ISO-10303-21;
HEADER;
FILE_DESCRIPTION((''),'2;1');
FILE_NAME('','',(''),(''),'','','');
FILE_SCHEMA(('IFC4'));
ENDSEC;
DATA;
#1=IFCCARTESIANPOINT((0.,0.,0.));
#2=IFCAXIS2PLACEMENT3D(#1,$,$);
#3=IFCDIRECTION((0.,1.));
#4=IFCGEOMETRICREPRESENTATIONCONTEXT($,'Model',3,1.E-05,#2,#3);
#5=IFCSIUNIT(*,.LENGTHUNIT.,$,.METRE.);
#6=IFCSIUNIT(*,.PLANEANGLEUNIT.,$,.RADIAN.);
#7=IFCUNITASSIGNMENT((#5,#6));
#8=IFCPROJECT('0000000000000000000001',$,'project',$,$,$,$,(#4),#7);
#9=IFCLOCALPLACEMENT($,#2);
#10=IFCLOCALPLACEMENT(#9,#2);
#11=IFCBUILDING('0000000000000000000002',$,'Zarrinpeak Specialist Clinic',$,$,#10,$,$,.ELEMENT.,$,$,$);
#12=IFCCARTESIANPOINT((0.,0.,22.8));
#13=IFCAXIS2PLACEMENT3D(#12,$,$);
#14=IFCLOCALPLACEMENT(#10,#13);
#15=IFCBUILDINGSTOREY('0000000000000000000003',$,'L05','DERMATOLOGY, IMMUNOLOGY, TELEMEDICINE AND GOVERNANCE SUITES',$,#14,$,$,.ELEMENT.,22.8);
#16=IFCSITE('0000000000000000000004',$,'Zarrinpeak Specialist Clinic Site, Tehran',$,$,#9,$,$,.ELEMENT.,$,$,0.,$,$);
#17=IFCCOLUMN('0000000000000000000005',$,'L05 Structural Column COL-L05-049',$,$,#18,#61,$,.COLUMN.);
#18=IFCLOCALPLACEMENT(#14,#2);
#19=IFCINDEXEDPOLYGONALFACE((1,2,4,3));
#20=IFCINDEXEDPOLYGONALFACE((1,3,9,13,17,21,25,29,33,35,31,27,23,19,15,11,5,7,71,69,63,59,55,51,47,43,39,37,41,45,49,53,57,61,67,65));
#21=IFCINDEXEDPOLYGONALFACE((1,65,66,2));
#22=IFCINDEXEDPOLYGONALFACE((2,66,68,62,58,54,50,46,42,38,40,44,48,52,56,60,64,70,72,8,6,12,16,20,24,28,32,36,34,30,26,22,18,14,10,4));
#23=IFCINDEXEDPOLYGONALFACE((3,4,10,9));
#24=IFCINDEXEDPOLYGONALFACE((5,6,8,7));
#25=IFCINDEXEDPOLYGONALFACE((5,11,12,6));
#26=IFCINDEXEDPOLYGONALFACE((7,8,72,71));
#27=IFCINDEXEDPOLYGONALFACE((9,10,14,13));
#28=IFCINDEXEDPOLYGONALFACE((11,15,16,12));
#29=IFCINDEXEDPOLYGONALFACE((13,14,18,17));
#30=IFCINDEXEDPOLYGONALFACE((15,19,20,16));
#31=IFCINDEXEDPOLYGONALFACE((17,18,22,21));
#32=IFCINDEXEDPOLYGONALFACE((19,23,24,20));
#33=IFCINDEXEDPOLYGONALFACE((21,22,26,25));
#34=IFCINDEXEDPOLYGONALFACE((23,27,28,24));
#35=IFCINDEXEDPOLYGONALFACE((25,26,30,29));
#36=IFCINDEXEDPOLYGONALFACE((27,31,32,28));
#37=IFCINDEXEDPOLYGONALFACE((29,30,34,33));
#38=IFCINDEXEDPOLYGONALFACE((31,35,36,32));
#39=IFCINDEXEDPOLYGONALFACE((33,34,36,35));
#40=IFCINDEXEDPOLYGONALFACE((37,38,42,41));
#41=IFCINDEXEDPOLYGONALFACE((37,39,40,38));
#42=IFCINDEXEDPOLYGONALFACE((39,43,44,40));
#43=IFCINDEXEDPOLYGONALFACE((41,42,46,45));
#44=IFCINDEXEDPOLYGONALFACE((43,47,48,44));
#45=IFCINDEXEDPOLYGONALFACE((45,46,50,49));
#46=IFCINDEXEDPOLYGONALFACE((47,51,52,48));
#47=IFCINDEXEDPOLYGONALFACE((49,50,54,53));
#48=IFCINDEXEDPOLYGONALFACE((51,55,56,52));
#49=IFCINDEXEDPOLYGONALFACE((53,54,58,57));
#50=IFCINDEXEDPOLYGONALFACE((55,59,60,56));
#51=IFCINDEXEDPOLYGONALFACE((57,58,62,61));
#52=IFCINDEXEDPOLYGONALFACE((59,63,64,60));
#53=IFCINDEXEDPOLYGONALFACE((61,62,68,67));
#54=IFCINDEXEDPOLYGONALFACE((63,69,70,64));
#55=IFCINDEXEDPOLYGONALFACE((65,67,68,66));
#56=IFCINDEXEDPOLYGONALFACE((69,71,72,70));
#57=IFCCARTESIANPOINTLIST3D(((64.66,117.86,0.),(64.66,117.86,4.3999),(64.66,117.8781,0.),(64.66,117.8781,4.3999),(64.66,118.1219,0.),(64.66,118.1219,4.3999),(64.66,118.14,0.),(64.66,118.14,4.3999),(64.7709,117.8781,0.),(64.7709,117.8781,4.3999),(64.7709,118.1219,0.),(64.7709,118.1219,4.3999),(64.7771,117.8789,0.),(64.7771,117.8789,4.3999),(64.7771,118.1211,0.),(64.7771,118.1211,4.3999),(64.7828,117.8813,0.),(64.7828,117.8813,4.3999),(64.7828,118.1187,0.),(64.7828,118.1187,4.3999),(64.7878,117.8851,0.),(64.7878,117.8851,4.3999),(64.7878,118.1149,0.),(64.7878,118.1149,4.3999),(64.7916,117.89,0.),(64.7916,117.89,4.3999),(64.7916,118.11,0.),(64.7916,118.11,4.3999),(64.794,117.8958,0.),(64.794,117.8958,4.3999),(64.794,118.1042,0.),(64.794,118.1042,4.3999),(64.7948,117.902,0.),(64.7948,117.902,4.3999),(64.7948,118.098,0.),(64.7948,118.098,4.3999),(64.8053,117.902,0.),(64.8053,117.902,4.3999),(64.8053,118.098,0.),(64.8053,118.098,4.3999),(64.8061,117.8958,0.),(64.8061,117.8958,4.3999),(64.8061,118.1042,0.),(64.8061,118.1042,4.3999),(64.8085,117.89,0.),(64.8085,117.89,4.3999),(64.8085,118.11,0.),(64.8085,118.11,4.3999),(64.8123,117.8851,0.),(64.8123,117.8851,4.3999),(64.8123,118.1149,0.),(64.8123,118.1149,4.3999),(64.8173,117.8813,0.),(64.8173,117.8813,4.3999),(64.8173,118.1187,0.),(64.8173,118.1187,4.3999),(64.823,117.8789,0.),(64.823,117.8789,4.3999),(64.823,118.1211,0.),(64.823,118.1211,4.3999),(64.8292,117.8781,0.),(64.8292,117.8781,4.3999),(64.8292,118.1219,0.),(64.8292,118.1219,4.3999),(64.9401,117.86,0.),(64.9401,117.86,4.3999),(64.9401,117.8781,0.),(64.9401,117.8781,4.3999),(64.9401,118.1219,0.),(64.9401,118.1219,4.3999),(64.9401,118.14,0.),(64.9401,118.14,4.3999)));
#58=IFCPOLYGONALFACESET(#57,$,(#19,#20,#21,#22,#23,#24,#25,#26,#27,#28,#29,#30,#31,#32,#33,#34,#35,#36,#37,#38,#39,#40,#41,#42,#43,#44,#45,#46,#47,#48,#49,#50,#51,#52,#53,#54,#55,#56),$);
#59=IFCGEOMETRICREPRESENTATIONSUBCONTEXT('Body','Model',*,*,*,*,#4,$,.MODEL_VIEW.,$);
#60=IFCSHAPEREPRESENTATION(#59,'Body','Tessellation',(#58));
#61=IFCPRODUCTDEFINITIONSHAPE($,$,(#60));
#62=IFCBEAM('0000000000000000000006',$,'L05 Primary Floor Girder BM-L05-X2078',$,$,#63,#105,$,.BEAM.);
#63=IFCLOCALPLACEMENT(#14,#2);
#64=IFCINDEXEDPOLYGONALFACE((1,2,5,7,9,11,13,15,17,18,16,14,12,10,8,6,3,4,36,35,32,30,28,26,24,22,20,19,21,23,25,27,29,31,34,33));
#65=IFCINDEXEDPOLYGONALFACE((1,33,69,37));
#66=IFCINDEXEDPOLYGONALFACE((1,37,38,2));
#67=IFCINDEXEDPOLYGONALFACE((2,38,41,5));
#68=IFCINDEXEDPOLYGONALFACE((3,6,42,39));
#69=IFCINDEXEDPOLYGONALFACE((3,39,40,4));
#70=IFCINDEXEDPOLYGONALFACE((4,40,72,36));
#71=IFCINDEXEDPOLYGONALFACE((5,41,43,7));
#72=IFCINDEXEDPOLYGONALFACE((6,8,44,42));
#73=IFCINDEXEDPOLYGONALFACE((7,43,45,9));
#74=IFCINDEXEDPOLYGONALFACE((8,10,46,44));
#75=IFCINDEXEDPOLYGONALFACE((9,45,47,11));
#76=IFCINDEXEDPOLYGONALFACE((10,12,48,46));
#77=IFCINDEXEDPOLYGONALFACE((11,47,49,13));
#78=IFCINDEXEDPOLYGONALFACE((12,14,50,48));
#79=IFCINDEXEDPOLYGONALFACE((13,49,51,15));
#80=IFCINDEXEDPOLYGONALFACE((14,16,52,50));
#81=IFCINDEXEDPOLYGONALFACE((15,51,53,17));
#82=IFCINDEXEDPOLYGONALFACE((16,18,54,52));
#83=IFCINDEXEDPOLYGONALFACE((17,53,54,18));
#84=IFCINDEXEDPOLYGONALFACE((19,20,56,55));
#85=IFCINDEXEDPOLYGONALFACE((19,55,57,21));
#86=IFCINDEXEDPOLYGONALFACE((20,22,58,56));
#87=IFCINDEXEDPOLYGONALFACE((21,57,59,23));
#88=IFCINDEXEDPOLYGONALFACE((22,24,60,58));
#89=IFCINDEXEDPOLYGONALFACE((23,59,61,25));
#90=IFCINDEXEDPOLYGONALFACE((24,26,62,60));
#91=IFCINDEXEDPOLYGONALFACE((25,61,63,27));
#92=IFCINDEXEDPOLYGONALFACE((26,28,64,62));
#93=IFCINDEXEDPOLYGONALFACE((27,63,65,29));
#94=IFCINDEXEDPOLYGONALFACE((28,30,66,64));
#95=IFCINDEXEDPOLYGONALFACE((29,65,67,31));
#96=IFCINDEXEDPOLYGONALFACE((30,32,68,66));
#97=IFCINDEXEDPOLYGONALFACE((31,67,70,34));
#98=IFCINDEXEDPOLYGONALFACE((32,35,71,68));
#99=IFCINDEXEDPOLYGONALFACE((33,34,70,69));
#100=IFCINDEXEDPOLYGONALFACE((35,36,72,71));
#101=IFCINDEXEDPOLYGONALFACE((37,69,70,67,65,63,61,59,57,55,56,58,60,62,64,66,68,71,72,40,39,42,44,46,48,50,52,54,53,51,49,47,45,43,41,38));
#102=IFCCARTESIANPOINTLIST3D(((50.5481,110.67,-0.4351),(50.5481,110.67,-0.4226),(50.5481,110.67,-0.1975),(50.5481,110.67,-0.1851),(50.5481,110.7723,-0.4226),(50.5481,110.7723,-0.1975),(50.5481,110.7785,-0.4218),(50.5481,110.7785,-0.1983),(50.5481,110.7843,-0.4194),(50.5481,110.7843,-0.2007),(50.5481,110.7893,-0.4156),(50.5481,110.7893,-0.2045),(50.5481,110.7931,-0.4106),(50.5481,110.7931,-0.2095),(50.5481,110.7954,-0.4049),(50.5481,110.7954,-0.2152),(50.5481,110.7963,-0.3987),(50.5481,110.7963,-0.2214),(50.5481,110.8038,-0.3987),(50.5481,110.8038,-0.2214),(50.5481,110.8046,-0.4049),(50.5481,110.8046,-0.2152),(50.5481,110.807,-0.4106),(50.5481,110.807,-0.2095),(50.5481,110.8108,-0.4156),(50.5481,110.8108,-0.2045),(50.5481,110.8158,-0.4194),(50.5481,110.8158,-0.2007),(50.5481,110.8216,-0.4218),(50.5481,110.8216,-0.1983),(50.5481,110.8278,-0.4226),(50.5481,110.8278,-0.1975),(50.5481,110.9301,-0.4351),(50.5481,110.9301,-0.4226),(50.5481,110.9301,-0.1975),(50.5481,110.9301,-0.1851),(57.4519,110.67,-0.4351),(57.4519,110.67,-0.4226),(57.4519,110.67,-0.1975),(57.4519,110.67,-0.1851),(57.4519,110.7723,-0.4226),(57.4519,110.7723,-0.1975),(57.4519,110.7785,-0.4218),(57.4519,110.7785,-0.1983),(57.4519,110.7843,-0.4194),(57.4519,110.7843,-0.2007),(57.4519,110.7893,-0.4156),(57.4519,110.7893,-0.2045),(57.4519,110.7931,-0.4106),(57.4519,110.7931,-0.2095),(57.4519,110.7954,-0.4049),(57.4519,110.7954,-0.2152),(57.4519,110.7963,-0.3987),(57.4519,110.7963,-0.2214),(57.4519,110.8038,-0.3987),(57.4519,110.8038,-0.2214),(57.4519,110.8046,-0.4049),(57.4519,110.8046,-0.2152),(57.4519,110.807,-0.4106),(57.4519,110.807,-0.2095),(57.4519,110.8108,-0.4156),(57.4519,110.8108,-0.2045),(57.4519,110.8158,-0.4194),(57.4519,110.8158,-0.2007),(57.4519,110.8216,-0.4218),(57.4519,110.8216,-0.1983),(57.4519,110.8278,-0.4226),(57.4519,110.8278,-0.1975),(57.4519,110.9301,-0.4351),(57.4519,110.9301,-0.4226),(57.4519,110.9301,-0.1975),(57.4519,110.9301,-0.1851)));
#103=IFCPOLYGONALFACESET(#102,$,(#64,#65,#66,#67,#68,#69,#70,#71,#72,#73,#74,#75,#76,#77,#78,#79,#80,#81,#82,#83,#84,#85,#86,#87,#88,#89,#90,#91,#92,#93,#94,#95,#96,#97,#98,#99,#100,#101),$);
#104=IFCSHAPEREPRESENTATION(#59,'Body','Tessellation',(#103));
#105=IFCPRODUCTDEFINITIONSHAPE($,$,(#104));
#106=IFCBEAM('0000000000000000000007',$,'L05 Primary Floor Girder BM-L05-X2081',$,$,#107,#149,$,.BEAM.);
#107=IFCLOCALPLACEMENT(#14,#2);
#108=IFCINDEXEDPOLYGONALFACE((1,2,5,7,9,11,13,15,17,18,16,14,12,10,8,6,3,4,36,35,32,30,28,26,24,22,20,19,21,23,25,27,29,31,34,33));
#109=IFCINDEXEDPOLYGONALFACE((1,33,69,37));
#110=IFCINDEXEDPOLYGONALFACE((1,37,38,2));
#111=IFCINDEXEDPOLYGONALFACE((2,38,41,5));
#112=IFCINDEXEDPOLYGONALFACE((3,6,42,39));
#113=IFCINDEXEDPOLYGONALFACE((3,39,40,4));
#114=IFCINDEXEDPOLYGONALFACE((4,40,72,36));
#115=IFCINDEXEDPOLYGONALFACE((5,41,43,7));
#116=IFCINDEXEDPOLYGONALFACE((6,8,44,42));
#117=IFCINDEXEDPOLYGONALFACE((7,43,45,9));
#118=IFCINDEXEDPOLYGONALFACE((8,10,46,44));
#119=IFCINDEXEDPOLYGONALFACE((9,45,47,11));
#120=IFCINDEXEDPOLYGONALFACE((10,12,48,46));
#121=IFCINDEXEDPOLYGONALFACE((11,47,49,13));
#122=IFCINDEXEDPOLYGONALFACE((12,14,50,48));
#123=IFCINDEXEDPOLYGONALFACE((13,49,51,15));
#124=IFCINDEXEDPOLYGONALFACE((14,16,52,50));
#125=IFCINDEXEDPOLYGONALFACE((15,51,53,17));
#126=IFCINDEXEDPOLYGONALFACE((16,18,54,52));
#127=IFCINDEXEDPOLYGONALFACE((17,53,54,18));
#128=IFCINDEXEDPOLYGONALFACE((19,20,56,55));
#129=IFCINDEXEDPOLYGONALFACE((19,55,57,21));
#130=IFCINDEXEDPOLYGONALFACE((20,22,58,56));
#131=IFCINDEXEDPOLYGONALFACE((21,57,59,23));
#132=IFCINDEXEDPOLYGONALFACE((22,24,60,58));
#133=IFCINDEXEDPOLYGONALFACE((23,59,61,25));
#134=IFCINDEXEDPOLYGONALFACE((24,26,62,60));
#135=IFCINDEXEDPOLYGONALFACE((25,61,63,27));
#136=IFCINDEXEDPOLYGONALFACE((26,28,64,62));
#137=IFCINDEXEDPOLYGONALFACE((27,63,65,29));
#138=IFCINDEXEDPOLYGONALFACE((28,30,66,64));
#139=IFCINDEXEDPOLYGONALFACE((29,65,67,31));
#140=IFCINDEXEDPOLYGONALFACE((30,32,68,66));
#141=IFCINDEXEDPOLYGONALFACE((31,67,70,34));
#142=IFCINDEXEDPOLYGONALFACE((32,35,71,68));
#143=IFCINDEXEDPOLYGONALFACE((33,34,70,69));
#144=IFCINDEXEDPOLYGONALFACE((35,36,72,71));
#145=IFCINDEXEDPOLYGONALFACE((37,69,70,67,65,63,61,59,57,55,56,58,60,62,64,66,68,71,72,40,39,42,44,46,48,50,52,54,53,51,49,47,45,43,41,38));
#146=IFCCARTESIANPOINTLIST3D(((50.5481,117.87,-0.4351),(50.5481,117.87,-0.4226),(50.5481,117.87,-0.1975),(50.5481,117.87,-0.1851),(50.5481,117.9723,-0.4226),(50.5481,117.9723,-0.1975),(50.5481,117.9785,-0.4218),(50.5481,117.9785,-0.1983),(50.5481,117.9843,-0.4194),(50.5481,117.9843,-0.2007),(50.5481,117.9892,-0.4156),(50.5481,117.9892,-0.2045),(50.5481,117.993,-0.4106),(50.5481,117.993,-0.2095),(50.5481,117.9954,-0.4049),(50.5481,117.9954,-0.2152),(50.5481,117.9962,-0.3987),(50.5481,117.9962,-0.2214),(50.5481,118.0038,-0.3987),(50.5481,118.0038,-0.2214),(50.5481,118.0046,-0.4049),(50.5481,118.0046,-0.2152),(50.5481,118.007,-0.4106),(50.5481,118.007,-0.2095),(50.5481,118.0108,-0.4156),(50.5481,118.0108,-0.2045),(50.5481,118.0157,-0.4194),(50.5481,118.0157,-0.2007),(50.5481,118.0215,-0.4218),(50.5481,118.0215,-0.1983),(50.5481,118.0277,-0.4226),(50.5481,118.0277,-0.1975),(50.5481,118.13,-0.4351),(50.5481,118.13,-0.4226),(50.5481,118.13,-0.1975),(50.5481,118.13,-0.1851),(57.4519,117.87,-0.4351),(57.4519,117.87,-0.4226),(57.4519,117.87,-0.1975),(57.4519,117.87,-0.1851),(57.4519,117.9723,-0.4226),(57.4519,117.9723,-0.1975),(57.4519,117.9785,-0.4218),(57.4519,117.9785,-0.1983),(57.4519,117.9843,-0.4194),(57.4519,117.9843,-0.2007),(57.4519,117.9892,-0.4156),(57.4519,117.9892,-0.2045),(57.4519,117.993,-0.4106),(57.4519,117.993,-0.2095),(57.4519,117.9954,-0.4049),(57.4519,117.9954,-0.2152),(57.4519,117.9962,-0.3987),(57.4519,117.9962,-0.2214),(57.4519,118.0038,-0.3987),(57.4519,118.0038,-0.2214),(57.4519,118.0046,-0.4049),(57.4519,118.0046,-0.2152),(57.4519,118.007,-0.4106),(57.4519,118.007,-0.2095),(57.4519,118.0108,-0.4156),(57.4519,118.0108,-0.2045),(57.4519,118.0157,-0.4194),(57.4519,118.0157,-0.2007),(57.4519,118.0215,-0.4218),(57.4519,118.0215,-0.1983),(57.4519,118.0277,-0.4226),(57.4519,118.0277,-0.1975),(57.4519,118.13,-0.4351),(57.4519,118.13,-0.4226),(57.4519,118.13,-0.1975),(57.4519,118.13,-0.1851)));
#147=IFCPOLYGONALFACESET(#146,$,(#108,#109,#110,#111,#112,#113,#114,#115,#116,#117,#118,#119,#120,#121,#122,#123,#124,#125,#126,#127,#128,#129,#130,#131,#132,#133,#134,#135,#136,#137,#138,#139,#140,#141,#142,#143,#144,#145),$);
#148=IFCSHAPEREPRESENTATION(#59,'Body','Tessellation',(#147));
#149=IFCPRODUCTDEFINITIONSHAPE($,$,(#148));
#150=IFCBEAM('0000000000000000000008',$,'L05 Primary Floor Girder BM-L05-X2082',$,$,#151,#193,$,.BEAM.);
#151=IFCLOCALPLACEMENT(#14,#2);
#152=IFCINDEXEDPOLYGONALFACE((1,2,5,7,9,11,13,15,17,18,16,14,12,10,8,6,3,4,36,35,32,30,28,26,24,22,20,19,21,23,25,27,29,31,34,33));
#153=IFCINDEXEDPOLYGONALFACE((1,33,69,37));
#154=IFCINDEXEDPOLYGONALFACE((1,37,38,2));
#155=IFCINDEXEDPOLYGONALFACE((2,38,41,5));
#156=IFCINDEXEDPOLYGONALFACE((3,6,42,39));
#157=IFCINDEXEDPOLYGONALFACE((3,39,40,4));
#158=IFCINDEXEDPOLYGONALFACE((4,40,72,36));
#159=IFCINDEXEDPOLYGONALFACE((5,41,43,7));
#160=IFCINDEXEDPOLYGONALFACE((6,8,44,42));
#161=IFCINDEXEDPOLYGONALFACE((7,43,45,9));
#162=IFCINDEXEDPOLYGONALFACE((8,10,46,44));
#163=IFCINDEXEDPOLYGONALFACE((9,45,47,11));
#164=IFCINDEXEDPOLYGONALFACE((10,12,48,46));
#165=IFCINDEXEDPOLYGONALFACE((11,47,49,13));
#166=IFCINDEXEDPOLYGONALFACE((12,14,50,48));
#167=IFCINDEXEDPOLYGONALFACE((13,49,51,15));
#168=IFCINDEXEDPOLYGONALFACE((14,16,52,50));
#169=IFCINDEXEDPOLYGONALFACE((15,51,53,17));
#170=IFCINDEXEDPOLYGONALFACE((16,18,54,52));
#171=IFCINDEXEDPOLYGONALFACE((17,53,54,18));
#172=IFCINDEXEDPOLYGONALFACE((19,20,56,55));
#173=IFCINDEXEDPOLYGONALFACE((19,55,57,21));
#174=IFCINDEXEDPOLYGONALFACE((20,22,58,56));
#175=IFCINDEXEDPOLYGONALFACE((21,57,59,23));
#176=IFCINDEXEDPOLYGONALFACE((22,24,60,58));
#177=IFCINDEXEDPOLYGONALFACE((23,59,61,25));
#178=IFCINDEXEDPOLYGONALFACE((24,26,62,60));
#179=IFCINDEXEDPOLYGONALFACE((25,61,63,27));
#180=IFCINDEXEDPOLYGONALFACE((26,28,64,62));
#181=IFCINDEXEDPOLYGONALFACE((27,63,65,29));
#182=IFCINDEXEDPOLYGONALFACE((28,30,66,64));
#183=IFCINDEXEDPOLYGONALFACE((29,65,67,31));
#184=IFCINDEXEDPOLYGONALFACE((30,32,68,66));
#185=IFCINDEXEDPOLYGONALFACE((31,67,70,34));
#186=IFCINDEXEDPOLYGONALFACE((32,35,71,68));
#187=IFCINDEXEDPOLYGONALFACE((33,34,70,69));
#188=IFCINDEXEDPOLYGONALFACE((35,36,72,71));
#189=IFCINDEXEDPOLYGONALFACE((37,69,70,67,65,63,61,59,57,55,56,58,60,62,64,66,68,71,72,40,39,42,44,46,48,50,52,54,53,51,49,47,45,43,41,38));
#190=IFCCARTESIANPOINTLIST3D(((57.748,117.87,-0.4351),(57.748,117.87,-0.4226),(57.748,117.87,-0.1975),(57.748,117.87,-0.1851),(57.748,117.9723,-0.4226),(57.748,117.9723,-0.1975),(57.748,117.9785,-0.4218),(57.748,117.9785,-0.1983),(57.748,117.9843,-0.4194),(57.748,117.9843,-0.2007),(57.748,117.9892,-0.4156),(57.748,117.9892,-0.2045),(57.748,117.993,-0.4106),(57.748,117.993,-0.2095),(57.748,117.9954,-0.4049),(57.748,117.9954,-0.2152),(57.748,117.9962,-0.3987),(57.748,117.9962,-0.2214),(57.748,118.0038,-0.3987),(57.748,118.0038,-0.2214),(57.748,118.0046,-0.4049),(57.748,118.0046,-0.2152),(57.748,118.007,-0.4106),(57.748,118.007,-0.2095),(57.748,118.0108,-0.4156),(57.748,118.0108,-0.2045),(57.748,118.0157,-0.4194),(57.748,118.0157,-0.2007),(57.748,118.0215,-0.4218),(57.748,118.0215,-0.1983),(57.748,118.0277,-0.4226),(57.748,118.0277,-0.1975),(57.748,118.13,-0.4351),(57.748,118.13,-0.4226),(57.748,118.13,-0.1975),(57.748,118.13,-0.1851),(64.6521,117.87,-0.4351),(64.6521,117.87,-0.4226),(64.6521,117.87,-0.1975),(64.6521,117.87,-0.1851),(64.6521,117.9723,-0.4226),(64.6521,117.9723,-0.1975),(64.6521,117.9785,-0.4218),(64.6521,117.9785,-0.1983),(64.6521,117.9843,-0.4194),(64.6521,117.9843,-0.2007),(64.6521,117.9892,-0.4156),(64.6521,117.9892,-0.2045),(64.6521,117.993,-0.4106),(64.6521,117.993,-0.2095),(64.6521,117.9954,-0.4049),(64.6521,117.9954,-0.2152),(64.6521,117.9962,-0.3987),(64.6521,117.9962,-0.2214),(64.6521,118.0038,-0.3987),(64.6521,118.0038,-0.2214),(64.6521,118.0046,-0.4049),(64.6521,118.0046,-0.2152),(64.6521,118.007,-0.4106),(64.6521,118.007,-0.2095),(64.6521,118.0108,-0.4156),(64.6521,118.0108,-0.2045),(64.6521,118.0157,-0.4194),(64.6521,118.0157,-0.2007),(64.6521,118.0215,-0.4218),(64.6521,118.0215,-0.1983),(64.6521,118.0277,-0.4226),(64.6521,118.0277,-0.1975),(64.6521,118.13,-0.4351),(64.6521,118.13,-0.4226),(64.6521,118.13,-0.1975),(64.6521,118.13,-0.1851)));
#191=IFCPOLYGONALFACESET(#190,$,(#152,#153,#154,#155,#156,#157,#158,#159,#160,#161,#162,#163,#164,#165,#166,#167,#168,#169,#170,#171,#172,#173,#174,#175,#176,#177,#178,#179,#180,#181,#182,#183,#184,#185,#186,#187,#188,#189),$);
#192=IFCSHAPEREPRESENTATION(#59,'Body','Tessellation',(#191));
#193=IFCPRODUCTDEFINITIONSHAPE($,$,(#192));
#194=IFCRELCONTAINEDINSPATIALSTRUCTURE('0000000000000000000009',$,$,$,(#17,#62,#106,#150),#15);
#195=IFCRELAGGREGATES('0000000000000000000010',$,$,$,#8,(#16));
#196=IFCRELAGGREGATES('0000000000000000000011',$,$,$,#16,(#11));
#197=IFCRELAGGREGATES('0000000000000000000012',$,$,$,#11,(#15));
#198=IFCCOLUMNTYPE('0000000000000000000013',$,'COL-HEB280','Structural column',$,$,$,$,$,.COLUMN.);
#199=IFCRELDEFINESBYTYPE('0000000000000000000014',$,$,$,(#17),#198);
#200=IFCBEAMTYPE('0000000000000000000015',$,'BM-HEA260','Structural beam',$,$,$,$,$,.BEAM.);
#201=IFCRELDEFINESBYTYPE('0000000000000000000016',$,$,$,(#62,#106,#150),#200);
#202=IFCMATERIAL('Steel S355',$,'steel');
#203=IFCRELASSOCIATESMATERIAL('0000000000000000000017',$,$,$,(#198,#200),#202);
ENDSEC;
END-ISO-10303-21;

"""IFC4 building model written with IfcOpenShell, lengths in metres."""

from ifc_helpers import new_model, si_unit, direction, frame, origin, origin_2d, place, context, subcontext, project, spatial, i_section, extrude, material, material_profile, profile_set, type_object, element, save


model = new_model("IFC4")

# Units and contexts
model_context = context("Model", 3, precision=1e-05, world=origin(), true_north=direction((0.0, 1.0)))
body_context = subcontext(model_context, "Body", "Model", "MODEL_VIEW")
ifc_project = project(units=[si_unit("LENGTHUNIT", "METRE"), si_unit("PLANEANGLEUNIT", "RADIAN")], contexts=[model_context])

# Site, building, storey
site_placement = place(None, origin())
site = spatial("IfcSite", under=ifc_project, at=site_placement, Name="Zarrinpeak Specialist Clinic Site, Tehran", CompositionType="ELEMENT", RefElevation=0.0)
building_placement = place(site_placement, origin())
building = spatial("IfcBuilding", under=site, at=building_placement, Name="Zarrinpeak Specialist Clinic", CompositionType="ELEMENT")
storey_placement = place(building_placement, frame((0.0, 0.0, 22.8)))
storey = spatial("IfcBuildingStorey", under=building, at=storey_placement, Name="L05", Description="DERMATOLOGY, IMMUNOLOGY, TELEMEDICINE AND GOVERNANCE SUITES", CompositionType="ELEMENT", Elevation=22.8)

# Column
ifc_material_1 = material(Name="Steel S355", Category="steel")
ifc_material_profile_1 = material_profile(ifc_material_1, i_section(OverallWidth=0.28, OverallDepth=0.28, WebThickness=0.0105, FlangeThickness=0.0181, FilletRadius=0.0239, at=origin_2d()), Name="HEB 280")
ifc_profile_set_1 = profile_set([ifc_material_profile_1], Name="Steel S355")
column_type = type_object("IfcColumnType", Name="COL-HEB280", Description="Structural column", PredefinedType="COLUMN", material=ifc_profile_set_1)
for number, where, z_axis, x_axis, name in (
    (1, (64.8, 118.0, 0.0), (0.0, 0.0, 1.0), (1.0, 0.0, 0.0), "L05 Structural Column COL-L05-049"),
):
    element("IfcColumn", number, at=place(storey_placement, frame(where, z_axis=z_axis, x_axis=x_axis)), inside=storey, type_object=column_type, Name=name, PredefinedType="COLUMN", context=body_context, shape_type="SweptSolid", body=[
        extrude(i_section(OverallWidth=0.28, OverallDepth=0.28, WebThickness=0.0105, FlangeThickness=0.0181, FilletRadius=0.0239, at=origin_2d()), origin(), (0.0, 0.0, 1.0), 4.3999),
    ])

# Beams
ifc_material_profile_2 = material_profile(ifc_material_1, i_section(OverallWidth=0.26, OverallDepth=0.25, WebThickness=0.0076, FlangeThickness=0.0125, FilletRadius=0.0239, at=origin_2d()), Name="HEA 260")
ifc_profile_set_2 = profile_set([ifc_material_profile_2], Name="Steel S355")
beam_type_1 = type_object("IfcBeamType", Name="BM-HEA260", Description="Structural beam", PredefinedType="BEAM", material=ifc_profile_set_2)
for number, where, z_axis, x_axis, name in (
    (2, (50.5481, 110.8, -0.3101), (1.0, 0.0, 0.0), (0.0, 1.0, 0.0), "L05 Primary Floor Girder BM-L05-X2078"),
    (3, (50.5481, 118.0, -0.3101), (1.0, 0.0, 0.0), (0.0, 1.0, 0.0), "L05 Primary Floor Girder BM-L05-X2081"),
):
    element("IfcBeam", number, at=place(storey_placement, frame(where, z_axis=z_axis, x_axis=x_axis)), inside=storey, type_object=beam_type_1, Name=name, PredefinedType="BEAM", context=body_context, shape_type="SweptSolid", body=[
        extrude(i_section(OverallWidth=0.26, OverallDepth=0.25, WebThickness=0.0076, FlangeThickness=0.0125, FilletRadius=0.0239, at=origin_2d()), origin(), (0.0, 0.0, 1.0), 6.9038),
    ])
beam_1_placement = place(storey_placement, frame((57.748, 118.0, -0.3101), z_axis=(1.0, 0.0, 0.0), x_axis=(0.0, 1.0, 0.0)))
element("IfcBeam", 4, at=beam_1_placement, inside=storey, type_object=beam_type_1, Name="L05 Primary Floor Girder BM-L05-X2082", PredefinedType="BEAM", context=body_context, shape_type="SweptSolid", body=[
    extrude(i_section(OverallWidth=0.26, OverallDepth=0.25, WebThickness=0.0076, FlangeThickness=0.0125, FilletRadius=0.0239, at=origin_2d()), origin(), (0.0, 0.0, 1.0), 6.9041),
])

save(model, "model.ifc")
